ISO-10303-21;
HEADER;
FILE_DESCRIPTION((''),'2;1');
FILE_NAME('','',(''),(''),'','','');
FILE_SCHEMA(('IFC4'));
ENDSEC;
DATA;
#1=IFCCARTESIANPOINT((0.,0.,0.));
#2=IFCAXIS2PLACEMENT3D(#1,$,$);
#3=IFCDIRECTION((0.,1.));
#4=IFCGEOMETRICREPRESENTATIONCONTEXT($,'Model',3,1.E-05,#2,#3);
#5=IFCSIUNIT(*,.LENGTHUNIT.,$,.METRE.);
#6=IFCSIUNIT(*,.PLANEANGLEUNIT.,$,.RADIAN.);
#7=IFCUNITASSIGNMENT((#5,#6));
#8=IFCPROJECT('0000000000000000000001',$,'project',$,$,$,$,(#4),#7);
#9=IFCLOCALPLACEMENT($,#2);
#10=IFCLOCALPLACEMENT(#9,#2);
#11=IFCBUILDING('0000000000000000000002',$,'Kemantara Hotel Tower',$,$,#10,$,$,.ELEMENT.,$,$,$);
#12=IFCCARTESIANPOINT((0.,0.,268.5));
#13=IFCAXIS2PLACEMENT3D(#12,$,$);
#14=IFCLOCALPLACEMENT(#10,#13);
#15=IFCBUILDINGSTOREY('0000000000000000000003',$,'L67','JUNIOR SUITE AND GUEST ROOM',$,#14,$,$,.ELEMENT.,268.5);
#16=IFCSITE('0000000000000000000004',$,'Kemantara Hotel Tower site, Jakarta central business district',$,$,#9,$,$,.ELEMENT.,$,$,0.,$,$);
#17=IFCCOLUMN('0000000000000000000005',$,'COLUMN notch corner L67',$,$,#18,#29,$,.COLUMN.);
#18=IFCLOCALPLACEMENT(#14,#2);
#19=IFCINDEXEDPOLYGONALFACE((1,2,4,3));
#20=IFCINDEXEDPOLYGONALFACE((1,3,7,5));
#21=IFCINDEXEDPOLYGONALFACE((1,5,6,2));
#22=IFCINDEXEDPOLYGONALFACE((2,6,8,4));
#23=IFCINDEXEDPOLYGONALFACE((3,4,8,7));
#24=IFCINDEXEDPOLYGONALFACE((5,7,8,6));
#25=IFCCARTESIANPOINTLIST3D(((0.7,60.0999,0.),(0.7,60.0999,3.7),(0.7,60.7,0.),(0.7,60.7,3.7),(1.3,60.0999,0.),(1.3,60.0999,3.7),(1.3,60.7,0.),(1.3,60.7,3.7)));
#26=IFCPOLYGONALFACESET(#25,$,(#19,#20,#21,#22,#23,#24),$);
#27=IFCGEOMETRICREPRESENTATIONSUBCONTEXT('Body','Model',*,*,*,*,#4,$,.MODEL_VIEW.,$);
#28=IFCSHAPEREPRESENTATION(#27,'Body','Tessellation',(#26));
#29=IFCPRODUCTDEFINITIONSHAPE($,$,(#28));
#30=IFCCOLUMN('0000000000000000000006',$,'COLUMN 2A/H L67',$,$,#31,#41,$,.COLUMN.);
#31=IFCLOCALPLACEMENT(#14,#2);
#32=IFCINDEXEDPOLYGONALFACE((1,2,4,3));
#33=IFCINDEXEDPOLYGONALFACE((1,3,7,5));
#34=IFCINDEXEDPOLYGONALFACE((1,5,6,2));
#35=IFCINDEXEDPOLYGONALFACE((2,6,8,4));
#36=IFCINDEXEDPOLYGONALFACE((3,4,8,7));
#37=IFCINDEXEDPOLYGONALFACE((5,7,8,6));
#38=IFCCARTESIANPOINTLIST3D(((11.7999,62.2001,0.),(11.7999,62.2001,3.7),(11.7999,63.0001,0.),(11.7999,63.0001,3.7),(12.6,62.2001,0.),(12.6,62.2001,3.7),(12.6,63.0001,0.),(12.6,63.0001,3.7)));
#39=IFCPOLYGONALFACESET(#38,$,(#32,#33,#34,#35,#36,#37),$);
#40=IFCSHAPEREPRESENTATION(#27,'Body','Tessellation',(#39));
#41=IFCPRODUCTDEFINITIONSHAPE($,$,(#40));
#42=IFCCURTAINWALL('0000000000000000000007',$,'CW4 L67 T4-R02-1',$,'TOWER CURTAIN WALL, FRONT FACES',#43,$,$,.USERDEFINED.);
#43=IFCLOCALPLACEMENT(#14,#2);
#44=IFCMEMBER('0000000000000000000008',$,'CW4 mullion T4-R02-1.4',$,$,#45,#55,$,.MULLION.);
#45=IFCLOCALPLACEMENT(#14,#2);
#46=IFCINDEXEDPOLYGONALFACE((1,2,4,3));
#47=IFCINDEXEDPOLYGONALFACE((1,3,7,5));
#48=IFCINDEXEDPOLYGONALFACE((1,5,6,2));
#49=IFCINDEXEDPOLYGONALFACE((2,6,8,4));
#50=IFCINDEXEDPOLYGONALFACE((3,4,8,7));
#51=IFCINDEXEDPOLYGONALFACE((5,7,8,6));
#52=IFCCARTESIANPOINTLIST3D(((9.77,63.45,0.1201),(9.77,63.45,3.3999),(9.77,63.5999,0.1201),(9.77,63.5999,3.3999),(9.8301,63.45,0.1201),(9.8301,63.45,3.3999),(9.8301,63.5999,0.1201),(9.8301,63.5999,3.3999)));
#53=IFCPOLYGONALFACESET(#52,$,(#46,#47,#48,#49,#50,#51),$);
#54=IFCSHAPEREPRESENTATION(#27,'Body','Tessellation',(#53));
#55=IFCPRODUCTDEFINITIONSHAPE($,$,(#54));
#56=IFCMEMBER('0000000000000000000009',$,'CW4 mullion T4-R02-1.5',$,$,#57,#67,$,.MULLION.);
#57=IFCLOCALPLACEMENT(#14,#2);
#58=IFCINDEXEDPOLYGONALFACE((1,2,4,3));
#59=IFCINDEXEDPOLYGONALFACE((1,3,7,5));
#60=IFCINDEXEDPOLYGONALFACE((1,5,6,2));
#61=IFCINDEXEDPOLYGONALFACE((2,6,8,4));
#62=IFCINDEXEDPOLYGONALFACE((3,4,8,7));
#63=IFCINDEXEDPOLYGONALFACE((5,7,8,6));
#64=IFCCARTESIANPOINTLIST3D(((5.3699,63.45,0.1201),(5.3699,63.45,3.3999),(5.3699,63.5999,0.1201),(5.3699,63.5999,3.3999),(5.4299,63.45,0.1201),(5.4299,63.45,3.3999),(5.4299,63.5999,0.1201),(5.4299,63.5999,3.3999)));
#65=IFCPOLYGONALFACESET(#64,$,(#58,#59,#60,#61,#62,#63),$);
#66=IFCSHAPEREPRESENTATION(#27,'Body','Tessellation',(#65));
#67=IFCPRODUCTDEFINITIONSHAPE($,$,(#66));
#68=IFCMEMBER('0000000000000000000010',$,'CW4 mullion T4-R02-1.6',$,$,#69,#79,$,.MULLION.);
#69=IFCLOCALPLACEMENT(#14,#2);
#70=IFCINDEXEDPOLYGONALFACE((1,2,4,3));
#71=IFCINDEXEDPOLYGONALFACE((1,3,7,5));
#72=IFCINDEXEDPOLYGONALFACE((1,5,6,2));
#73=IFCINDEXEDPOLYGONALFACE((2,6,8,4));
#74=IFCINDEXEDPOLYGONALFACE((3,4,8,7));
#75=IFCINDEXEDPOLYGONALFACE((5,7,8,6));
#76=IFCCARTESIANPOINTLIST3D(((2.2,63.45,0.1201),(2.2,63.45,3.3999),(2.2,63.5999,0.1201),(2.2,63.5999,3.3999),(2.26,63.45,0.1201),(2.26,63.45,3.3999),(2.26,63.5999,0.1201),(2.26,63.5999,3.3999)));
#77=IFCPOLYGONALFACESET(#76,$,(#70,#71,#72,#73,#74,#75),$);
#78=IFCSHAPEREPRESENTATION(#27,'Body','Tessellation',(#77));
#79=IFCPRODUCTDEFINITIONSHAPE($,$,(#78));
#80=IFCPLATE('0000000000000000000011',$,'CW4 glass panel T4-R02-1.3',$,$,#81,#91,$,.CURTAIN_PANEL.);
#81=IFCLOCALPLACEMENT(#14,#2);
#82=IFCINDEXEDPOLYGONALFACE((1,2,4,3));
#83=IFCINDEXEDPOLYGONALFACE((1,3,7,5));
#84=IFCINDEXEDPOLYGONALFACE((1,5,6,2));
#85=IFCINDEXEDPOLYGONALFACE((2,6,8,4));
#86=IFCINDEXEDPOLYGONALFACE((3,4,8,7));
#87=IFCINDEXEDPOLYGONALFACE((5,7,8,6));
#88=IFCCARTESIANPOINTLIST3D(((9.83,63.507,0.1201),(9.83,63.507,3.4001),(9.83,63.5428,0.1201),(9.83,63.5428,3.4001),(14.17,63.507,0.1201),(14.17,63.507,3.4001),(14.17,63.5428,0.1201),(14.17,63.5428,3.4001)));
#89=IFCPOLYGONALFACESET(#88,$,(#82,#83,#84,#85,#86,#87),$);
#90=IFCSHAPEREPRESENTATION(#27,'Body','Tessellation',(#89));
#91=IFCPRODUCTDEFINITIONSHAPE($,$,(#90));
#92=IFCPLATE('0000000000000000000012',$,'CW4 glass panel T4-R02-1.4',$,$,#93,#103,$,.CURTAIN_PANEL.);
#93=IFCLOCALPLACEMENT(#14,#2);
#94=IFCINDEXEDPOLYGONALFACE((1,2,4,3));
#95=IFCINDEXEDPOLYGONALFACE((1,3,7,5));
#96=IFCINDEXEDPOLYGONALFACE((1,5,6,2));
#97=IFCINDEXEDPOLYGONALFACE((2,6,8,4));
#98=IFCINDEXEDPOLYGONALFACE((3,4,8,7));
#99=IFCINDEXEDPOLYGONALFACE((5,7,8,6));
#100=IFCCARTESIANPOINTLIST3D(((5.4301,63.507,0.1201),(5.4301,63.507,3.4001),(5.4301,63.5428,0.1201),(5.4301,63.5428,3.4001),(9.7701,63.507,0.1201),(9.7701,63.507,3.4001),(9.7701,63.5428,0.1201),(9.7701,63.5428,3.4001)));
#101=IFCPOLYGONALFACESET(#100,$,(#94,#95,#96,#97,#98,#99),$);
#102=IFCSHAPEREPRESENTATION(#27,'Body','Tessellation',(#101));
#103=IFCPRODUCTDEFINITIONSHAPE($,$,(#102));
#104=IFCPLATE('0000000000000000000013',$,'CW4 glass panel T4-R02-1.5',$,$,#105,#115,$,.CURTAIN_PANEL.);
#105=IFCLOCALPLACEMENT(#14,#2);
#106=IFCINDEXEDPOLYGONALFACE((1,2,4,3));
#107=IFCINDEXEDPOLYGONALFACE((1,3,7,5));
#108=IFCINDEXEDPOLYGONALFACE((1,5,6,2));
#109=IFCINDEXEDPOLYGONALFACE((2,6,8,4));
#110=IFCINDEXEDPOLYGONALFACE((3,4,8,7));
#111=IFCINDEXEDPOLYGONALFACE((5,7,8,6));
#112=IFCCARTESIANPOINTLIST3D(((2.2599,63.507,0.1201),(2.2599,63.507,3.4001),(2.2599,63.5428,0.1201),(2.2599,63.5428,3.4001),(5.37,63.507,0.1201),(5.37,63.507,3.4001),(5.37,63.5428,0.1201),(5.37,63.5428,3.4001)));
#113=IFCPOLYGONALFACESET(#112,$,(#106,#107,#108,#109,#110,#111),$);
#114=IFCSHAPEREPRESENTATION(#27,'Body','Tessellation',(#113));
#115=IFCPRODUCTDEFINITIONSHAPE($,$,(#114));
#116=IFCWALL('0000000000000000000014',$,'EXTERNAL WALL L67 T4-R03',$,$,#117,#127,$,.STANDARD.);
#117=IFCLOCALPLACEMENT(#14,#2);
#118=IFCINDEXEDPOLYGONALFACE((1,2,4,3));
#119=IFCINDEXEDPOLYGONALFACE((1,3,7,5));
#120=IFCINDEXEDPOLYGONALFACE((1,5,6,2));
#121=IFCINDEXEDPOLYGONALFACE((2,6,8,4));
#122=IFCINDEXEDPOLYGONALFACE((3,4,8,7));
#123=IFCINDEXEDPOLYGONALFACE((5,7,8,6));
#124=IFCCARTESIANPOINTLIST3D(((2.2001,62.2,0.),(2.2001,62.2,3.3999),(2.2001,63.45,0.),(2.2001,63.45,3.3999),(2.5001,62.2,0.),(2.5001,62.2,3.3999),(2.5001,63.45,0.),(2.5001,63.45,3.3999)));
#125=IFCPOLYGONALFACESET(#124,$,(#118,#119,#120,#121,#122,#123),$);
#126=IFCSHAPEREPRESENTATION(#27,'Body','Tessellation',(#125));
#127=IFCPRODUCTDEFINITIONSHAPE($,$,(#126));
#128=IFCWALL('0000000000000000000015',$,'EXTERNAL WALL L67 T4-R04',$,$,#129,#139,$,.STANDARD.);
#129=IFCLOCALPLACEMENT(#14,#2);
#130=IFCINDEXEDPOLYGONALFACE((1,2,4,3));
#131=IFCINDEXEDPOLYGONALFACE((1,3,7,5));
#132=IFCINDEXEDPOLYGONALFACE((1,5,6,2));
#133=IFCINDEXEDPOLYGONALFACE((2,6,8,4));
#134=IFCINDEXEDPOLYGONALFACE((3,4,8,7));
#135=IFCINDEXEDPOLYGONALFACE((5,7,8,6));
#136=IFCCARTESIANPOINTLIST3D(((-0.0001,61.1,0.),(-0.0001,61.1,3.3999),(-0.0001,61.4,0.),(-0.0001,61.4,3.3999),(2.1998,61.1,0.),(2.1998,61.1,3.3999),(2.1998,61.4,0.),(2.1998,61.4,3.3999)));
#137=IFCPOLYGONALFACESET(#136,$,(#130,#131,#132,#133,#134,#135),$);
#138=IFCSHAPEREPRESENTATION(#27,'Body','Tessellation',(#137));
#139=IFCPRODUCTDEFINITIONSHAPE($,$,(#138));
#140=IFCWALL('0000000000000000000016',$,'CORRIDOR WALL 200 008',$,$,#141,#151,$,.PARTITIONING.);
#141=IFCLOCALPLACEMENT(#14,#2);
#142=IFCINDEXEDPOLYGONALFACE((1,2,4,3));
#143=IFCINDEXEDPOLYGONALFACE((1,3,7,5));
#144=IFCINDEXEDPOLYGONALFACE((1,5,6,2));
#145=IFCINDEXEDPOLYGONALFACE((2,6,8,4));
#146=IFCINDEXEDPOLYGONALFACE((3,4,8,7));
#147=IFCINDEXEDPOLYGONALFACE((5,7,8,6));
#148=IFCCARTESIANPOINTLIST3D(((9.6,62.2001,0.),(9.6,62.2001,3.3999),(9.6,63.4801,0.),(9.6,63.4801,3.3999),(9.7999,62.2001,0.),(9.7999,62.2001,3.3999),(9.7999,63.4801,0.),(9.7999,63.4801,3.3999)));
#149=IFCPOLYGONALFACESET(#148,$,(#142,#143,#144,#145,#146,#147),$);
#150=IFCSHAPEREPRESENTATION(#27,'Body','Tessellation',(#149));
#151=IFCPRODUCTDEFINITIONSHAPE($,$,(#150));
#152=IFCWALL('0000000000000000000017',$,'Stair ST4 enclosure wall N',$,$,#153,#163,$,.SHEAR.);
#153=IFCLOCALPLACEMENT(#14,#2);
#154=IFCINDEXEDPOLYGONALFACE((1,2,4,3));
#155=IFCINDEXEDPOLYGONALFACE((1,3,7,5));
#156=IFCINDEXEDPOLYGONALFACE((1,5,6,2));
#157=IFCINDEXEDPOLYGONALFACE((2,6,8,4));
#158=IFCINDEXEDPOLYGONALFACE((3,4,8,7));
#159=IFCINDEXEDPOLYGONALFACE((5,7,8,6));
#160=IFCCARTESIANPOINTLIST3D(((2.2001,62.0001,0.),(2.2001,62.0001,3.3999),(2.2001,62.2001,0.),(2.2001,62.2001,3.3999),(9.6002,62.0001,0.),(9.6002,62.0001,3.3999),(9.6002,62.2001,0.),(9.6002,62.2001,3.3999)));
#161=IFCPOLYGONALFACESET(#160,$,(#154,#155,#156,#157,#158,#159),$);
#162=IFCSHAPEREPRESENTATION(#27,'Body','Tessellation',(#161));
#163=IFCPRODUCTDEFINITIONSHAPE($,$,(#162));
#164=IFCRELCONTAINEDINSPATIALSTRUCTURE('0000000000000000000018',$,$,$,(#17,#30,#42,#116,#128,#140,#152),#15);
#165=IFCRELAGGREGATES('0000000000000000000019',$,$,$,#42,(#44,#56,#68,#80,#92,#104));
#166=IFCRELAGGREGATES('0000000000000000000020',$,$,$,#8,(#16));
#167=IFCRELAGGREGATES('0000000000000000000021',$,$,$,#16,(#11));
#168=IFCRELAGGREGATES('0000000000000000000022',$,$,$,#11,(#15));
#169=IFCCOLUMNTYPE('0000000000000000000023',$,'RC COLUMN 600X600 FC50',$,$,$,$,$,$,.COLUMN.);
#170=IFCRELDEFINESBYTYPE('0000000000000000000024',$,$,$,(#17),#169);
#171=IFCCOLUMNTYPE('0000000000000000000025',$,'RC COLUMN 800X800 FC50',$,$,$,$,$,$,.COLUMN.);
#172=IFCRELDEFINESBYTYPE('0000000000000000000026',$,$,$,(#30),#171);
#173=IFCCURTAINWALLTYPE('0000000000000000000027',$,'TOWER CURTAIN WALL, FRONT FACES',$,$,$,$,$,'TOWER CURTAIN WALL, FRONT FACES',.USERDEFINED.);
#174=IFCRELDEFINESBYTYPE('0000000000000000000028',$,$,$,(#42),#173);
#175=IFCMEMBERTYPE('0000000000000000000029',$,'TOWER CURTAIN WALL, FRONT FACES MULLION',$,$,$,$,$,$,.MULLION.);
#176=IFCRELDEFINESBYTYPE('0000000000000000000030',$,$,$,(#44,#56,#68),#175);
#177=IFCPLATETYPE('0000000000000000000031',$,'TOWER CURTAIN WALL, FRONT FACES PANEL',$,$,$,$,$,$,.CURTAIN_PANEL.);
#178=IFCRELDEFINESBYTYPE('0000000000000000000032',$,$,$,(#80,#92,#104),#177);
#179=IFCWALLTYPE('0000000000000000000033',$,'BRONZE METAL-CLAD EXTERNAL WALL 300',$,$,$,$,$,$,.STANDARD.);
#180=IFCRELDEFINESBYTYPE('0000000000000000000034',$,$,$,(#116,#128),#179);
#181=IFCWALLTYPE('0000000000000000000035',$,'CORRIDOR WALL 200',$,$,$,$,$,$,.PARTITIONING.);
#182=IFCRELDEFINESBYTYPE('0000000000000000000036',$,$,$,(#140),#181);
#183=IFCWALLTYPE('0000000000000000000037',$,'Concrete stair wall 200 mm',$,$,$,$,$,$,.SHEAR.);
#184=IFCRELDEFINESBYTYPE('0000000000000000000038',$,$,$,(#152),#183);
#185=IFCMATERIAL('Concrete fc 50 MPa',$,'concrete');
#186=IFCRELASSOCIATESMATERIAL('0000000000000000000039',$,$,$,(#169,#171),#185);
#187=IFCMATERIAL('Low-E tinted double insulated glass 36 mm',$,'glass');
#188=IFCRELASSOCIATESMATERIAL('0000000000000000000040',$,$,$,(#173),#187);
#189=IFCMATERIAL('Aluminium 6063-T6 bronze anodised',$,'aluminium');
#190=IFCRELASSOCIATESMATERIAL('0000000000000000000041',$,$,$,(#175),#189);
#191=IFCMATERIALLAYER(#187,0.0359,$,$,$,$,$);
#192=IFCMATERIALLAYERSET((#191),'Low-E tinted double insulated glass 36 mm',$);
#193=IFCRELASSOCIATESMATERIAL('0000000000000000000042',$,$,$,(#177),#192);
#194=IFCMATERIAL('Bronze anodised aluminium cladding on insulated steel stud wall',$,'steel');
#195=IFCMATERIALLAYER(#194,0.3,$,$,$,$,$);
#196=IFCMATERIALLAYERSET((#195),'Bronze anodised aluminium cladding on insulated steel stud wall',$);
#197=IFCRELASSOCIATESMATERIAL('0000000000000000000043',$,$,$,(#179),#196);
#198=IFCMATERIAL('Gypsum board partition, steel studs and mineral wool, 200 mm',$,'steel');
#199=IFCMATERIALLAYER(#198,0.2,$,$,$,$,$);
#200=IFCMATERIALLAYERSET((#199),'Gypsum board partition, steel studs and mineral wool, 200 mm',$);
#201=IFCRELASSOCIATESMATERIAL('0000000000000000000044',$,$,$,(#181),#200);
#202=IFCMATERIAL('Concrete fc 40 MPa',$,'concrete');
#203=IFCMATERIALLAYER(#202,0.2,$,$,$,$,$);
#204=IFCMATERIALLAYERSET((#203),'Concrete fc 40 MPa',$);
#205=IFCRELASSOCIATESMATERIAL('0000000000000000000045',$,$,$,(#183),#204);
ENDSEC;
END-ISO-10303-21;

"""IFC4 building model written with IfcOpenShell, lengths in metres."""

from ifc_helpers import new_model, si_unit, direction, frame, frame_2d, origin, origin_2d, place, context, subcontext, project, spatial, rectangle, extrude, source, transform, mapped, material, layer, layer_set, material_profile, profile_set, type_object, element, aggregate, save


model = new_model("IFC4")

# Units and contexts
model_context = context("Model", 3, precision=1e-05, world=origin(), true_north=direction((0.0, 1.0)))
body_context = subcontext(model_context, "Body", "Model", "MODEL_VIEW")
ifc_project = project(units=[si_unit("LENGTHUNIT", "METRE"), si_unit("PLANEANGLEUNIT", "RADIAN")], contexts=[model_context])

# Site, building, storey
site_placement = place(None, origin())
site = spatial("IfcSite", under=ifc_project, at=site_placement, Name="Kemantara Hotel Tower site, Jakarta central business district", CompositionType="ELEMENT", RefElevation=0.0)
building_placement = place(site_placement, origin())
building = spatial("IfcBuilding", under=site, at=building_placement, Name="Kemantara Hotel Tower", CompositionType="ELEMENT")
storey_placement = place(building_placement, frame((0.0, 0.0, 268.5)))
storey = spatial("IfcBuildingStorey", under=building, at=storey_placement, Name="L67", Description="JUNIOR SUITE AND GUEST ROOM", CompositionType="ELEMENT", Elevation=268.5)

# Columns
ifc_material_1 = material(Name="Concrete fc 50 MPa", Category="concrete")
ifc_material_profile_1 = material_profile(ifc_material_1, rectangle(XDim=0.6001, YDim=0.6001, at=origin_2d()), Name="RC 600X600")
ifc_profile_set_1 = profile_set([ifc_material_profile_1], Name="Concrete fc 50 MPa")
column_type_1 = type_object("IfcColumnType", Name="RC COLUMN 600X600 FC50", PredefinedType="COLUMN", material=ifc_profile_set_1)
column_1_placement = place(storey_placement, frame((1.0, 60.3999, 0.0), z_axis=(0.0, 0.0, 1.0), x_axis=(1.0, 0.0, 0.0)))
element("IfcColumn", 1, at=column_1_placement, inside=storey, type_object=column_type_1, Name="COLUMN notch corner L67", PredefinedType="COLUMN", context=body_context, shape_type="SweptSolid", body=[
    extrude(rectangle(XDim=0.6001, YDim=0.6001, at=origin_2d()), origin(), (0.0, 0.0, 1.0), 3.7),
])
ifc_material_profile_2 = material_profile(ifc_material_1, rectangle(XDim=0.8, YDim=0.8, at=origin_2d()), Name="RC 800X800")
ifc_profile_set_2 = profile_set([ifc_material_profile_2], Name="Concrete fc 50 MPa")
column_type_2 = type_object("IfcColumnType", Name="RC COLUMN 800X800 FC50", PredefinedType="COLUMN", material=ifc_profile_set_2)
column_2_placement = place(storey_placement, frame((12.2, 62.6001, 0.0), z_axis=(0.0, 0.0, 1.0), x_axis=(1.0, 0.0, 0.0)))
element("IfcColumn", 2, at=column_2_placement, inside=storey, type_object=column_type_2, Name="COLUMN 2A/H L67", PredefinedType="COLUMN", context=body_context, shape_type="SweptSolid", body=[
    extrude(rectangle(XDim=0.8, YDim=0.8, at=origin_2d()), origin(), (0.0, 0.0, 1.0), 3.7),
])

# Curtain wall, members, plates
ifc_material_2 = material(Name="Low-E tinted double insulated glass 36 mm", Category="glass")
curtain_wall_type = type_object("IfcCurtainWallType", Name="TOWER CURTAIN WALL, FRONT FACES", ElementType="TOWER CURTAIN WALL, FRONT FACES", PredefinedType="USERDEFINED", material=ifc_material_2)
curtain_wall_placement = place(storey_placement, origin())
curtain_wall = element("IfcCurtainWall", 3, at=curtain_wall_placement, inside=storey, type_object=curtain_wall_type, Name="CW4 L67 T4-R02-1", ObjectType="TOWER CURTAIN WALL, FRONT FACES", PredefinedType="USERDEFINED")
ifc_material_3 = material(Name="Aluminium 6063-T6 bronze anodised", Category="aluminium")
ifc_material_profile_3 = material_profile(ifc_material_3, rectangle(XDim=0.1499, YDim=0.0601, at=origin_2d()), Name="TOWER CURTAIN WALL, FRONT FACES MULLION")
ifc_profile_set_3 = profile_set([ifc_material_profile_3], Name="Aluminium 6063-T6 bronze anodised")
member_type = type_object("IfcMemberType", Name="TOWER CURTAIN WALL, FRONT FACES MULLION", PredefinedType="MULLION", material=ifc_profile_set_3)
shared_shape_1 = source(origin(), body_context, "Body", "SweptSolid", [
    extrude(rectangle(XDim=0.1499, YDim=0.0601, at=origin_2d()), origin(), (0.0, 0.0, 1.0), 3.2798),
])
member_1_placement = place(storey_placement, frame((9.8, 63.5249, 0.1201), z_axis=(0.0, 0.0, 1.0), x_axis=(0.0, -1.0, 0.0)))
member_1 = element("IfcMember", 4, at=member_1_placement, type_object=member_type, Name="CW4 mullion T4-R02-1.4", PredefinedType="MULLION", context=body_context, shape_type="MappedRepresentation", body=[
    mapped(shared_shape_1, transform((0.0, 0.0, 0.0))),
])
member_2_placement = place(storey_placement, frame((5.3999, 63.5249, 0.1201), z_axis=(0.0, 0.0, 1.0), x_axis=(0.0, -1.0, 0.0)))
member_2 = element("IfcMember", 5, at=member_2_placement, type_object=member_type, Name="CW4 mullion T4-R02-1.5", PredefinedType="MULLION", context=body_context, shape_type="MappedRepresentation", body=[
    mapped(shared_shape_1, transform((0.0, 0.0, 0.0))),
])
member_3_placement = place(storey_placement, frame((2.23, 63.5249, 0.1201), z_axis=(0.0, 0.0, 1.0), x_axis=(0.0, -1.0, 0.0)))
member_3 = element("IfcMember", 6, at=member_3_placement, type_object=member_type, Name="CW4 mullion T4-R02-1.6", PredefinedType="MULLION", context=body_context, shape_type="MappedRepresentation", body=[
    mapped(shared_shape_1, transform((0.0, 0.0, 0.0))),
])
ifc_layer_1 = layer(ifc_material_2, 0.0359)
ifc_layer_set_1 = layer_set([ifc_layer_1], Name="Low-E tinted double insulated glass 36 mm")
plate_type = type_object("IfcPlateType", Name="TOWER CURTAIN WALL, FRONT FACES PANEL", PredefinedType="CURTAIN_PANEL", material=ifc_layer_set_1)
shared_shape_2 = source(origin(), body_context, "Body", "SweptSolid", [
    extrude(rectangle(XDim=4.3401, YDim=0.0359, at=origin_2d()), origin(), (0.0, 0.0, 1.0), 3.28),
])
plate_1_placement = place(storey_placement, frame((12.0, 63.5249, 0.1201), z_axis=(0.0, 0.0, 1.0), x_axis=(-1.0, 0.0, 0.0)))
plate_1 = element("IfcPlate", 7, at=plate_1_placement, type_object=plate_type, Name="CW4 glass panel T4-R02-1.3", PredefinedType="CURTAIN_PANEL", context=body_context, shape_type="MappedRepresentation", body=[
    mapped(shared_shape_2, transform((0.0, 0.0, 0.0))),
])
plate_2_placement = place(storey_placement, frame((7.6001, 63.5249, 0.1201), z_axis=(0.0, 0.0, 1.0), x_axis=(-1.0, 0.0, 0.0)))
plate_2 = element("IfcPlate", 8, at=plate_2_placement, type_object=plate_type, Name="CW4 glass panel T4-R02-1.4", PredefinedType="CURTAIN_PANEL", context=body_context, shape_type="MappedRepresentation", body=[
    mapped(shared_shape_2, transform((0.0, 0.0, 0.0))),
])
shared_shape_3 = source(origin(), body_context, "Body", "SweptSolid", [
    extrude(rectangle(XDim=3.1101, YDim=0.0359, at=origin_2d()), origin(), (0.0, 0.0, 1.0), 3.28),
])
plate_3_placement = place(storey_placement, frame((3.8149, 63.5249, 0.1201), z_axis=(0.0, 0.0, 1.0), x_axis=(-1.0, 0.0, 0.0)))
plate_3 = element("IfcPlate", 9, at=plate_3_placement, type_object=plate_type, Name="CW4 glass panel T4-R02-1.5", PredefinedType="CURTAIN_PANEL", context=body_context, shape_type="MappedRepresentation", body=[
    mapped(shared_shape_3, transform((0.0, 0.0, 0.0))),
])
aggregate(curtain_wall, [member_1, member_2, member_3, plate_1, plate_2, plate_3])

# Walls
ifc_material_4 = material(Name="Bronze anodised aluminium cladding on insulated steel stud wall", Category="steel")
ifc_layer_2 = layer(ifc_material_4, 0.3)
ifc_layer_set_2 = layer_set([ifc_layer_2], Name="Bronze anodised aluminium cladding on insulated steel stud wall")
wall_type_1 = type_object("IfcWallType", Name="BRONZE METAL-CLAD EXTERNAL WALL 300", PredefinedType="STANDARD", material=ifc_layer_set_2)
wall_1_placement = place(storey_placement, frame((2.3501, 63.45, 0.0), z_axis=(0.0, 0.0, 1.0), x_axis=(0.0, -1.0, 0.0)))
element("IfcWall", 10, at=wall_1_placement, inside=storey, type_object=wall_type_1, Name="EXTERNAL WALL L67 T4-R03", PredefinedType="STANDARD", context=body_context, shape_type="SweptSolid", body=[
    extrude(rectangle(XDim=1.25, YDim=0.3, at=frame_2d((0.625, 0.0))), origin(), (0.0, 0.0, 1.0), 3.3999),
])
wall_2_placement = place(storey_placement, frame((2.2, 61.25, 0.0), z_axis=(0.0, 0.0, 1.0), x_axis=(-1.0, 0.0, 0.0)))
element("IfcWall", 11, at=wall_2_placement, inside=storey, type_object=wall_type_1, Name="EXTERNAL WALL L67 T4-R04", PredefinedType="STANDARD", context=body_context, shape_type="SweptSolid", body=[
    extrude(rectangle(XDim=2.2, YDim=0.3, at=frame_2d((1.1001, 0.0))), origin(), (0.0, 0.0, 1.0), 3.3999),
])

# Walls
ifc_material_5 = material(Name="Gypsum board partition, steel studs and mineral wool, 200 mm", Category="steel")
ifc_layer_3 = layer(ifc_material_5, 0.2)
ifc_layer_set_3 = layer_set([ifc_layer_3], Name="Gypsum board partition, steel studs and mineral wool, 200 mm")
wall_type_2 = type_object("IfcWallType", Name="CORRIDOR WALL 200", PredefinedType="PARTITIONING", material=ifc_layer_set_3)
wall_3_placement = place(storey_placement, frame((9.7, 62.2, 0.0), z_axis=(0.0, 0.0, 1.0), x_axis=(0.0, 1.0, 0.0)))
element("IfcWall", 12, at=wall_3_placement, inside=storey, type_object=wall_type_2, Name="CORRIDOR WALL 200 008", PredefinedType="PARTITIONING", context=body_context, shape_type="SweptSolid", body=[
    extrude(rectangle(XDim=1.28, YDim=0.2, at=frame_2d((0.6401, 0.0))), origin(), (0.0, 0.0, 1.0), 3.3999),
])
ifc_material_6 = material(Name="Concrete fc 40 MPa", Category="concrete")
ifc_layer_4 = layer(ifc_material_6, 0.2)
ifc_layer_set_4 = layer_set([ifc_layer_4], Name="Concrete fc 40 MPa")
wall_type_3 = type_object("IfcWallType", Name="Concrete stair wall 200 mm", PredefinedType="SHEAR", material=ifc_layer_set_4)
wall_4_placement = place(storey_placement, frame((2.2, 62.1001, 0.0), z_axis=(0.0, 0.0, 1.0), x_axis=(1.0, 0.0, 0.0)))
element("IfcWall", 13, at=wall_4_placement, inside=storey, type_object=wall_type_3, Name="Stair ST4 enclosure wall N", PredefinedType="SHEAR", context=body_context, shape_type="SweptSolid", body=[
    extrude(rectangle(XDim=7.4001, YDim=0.2, at=frame_2d((3.7002, 0.0))), origin(), (0.0, 0.0, 1.0), 3.3999),
])

save(model, "model.ifc")
